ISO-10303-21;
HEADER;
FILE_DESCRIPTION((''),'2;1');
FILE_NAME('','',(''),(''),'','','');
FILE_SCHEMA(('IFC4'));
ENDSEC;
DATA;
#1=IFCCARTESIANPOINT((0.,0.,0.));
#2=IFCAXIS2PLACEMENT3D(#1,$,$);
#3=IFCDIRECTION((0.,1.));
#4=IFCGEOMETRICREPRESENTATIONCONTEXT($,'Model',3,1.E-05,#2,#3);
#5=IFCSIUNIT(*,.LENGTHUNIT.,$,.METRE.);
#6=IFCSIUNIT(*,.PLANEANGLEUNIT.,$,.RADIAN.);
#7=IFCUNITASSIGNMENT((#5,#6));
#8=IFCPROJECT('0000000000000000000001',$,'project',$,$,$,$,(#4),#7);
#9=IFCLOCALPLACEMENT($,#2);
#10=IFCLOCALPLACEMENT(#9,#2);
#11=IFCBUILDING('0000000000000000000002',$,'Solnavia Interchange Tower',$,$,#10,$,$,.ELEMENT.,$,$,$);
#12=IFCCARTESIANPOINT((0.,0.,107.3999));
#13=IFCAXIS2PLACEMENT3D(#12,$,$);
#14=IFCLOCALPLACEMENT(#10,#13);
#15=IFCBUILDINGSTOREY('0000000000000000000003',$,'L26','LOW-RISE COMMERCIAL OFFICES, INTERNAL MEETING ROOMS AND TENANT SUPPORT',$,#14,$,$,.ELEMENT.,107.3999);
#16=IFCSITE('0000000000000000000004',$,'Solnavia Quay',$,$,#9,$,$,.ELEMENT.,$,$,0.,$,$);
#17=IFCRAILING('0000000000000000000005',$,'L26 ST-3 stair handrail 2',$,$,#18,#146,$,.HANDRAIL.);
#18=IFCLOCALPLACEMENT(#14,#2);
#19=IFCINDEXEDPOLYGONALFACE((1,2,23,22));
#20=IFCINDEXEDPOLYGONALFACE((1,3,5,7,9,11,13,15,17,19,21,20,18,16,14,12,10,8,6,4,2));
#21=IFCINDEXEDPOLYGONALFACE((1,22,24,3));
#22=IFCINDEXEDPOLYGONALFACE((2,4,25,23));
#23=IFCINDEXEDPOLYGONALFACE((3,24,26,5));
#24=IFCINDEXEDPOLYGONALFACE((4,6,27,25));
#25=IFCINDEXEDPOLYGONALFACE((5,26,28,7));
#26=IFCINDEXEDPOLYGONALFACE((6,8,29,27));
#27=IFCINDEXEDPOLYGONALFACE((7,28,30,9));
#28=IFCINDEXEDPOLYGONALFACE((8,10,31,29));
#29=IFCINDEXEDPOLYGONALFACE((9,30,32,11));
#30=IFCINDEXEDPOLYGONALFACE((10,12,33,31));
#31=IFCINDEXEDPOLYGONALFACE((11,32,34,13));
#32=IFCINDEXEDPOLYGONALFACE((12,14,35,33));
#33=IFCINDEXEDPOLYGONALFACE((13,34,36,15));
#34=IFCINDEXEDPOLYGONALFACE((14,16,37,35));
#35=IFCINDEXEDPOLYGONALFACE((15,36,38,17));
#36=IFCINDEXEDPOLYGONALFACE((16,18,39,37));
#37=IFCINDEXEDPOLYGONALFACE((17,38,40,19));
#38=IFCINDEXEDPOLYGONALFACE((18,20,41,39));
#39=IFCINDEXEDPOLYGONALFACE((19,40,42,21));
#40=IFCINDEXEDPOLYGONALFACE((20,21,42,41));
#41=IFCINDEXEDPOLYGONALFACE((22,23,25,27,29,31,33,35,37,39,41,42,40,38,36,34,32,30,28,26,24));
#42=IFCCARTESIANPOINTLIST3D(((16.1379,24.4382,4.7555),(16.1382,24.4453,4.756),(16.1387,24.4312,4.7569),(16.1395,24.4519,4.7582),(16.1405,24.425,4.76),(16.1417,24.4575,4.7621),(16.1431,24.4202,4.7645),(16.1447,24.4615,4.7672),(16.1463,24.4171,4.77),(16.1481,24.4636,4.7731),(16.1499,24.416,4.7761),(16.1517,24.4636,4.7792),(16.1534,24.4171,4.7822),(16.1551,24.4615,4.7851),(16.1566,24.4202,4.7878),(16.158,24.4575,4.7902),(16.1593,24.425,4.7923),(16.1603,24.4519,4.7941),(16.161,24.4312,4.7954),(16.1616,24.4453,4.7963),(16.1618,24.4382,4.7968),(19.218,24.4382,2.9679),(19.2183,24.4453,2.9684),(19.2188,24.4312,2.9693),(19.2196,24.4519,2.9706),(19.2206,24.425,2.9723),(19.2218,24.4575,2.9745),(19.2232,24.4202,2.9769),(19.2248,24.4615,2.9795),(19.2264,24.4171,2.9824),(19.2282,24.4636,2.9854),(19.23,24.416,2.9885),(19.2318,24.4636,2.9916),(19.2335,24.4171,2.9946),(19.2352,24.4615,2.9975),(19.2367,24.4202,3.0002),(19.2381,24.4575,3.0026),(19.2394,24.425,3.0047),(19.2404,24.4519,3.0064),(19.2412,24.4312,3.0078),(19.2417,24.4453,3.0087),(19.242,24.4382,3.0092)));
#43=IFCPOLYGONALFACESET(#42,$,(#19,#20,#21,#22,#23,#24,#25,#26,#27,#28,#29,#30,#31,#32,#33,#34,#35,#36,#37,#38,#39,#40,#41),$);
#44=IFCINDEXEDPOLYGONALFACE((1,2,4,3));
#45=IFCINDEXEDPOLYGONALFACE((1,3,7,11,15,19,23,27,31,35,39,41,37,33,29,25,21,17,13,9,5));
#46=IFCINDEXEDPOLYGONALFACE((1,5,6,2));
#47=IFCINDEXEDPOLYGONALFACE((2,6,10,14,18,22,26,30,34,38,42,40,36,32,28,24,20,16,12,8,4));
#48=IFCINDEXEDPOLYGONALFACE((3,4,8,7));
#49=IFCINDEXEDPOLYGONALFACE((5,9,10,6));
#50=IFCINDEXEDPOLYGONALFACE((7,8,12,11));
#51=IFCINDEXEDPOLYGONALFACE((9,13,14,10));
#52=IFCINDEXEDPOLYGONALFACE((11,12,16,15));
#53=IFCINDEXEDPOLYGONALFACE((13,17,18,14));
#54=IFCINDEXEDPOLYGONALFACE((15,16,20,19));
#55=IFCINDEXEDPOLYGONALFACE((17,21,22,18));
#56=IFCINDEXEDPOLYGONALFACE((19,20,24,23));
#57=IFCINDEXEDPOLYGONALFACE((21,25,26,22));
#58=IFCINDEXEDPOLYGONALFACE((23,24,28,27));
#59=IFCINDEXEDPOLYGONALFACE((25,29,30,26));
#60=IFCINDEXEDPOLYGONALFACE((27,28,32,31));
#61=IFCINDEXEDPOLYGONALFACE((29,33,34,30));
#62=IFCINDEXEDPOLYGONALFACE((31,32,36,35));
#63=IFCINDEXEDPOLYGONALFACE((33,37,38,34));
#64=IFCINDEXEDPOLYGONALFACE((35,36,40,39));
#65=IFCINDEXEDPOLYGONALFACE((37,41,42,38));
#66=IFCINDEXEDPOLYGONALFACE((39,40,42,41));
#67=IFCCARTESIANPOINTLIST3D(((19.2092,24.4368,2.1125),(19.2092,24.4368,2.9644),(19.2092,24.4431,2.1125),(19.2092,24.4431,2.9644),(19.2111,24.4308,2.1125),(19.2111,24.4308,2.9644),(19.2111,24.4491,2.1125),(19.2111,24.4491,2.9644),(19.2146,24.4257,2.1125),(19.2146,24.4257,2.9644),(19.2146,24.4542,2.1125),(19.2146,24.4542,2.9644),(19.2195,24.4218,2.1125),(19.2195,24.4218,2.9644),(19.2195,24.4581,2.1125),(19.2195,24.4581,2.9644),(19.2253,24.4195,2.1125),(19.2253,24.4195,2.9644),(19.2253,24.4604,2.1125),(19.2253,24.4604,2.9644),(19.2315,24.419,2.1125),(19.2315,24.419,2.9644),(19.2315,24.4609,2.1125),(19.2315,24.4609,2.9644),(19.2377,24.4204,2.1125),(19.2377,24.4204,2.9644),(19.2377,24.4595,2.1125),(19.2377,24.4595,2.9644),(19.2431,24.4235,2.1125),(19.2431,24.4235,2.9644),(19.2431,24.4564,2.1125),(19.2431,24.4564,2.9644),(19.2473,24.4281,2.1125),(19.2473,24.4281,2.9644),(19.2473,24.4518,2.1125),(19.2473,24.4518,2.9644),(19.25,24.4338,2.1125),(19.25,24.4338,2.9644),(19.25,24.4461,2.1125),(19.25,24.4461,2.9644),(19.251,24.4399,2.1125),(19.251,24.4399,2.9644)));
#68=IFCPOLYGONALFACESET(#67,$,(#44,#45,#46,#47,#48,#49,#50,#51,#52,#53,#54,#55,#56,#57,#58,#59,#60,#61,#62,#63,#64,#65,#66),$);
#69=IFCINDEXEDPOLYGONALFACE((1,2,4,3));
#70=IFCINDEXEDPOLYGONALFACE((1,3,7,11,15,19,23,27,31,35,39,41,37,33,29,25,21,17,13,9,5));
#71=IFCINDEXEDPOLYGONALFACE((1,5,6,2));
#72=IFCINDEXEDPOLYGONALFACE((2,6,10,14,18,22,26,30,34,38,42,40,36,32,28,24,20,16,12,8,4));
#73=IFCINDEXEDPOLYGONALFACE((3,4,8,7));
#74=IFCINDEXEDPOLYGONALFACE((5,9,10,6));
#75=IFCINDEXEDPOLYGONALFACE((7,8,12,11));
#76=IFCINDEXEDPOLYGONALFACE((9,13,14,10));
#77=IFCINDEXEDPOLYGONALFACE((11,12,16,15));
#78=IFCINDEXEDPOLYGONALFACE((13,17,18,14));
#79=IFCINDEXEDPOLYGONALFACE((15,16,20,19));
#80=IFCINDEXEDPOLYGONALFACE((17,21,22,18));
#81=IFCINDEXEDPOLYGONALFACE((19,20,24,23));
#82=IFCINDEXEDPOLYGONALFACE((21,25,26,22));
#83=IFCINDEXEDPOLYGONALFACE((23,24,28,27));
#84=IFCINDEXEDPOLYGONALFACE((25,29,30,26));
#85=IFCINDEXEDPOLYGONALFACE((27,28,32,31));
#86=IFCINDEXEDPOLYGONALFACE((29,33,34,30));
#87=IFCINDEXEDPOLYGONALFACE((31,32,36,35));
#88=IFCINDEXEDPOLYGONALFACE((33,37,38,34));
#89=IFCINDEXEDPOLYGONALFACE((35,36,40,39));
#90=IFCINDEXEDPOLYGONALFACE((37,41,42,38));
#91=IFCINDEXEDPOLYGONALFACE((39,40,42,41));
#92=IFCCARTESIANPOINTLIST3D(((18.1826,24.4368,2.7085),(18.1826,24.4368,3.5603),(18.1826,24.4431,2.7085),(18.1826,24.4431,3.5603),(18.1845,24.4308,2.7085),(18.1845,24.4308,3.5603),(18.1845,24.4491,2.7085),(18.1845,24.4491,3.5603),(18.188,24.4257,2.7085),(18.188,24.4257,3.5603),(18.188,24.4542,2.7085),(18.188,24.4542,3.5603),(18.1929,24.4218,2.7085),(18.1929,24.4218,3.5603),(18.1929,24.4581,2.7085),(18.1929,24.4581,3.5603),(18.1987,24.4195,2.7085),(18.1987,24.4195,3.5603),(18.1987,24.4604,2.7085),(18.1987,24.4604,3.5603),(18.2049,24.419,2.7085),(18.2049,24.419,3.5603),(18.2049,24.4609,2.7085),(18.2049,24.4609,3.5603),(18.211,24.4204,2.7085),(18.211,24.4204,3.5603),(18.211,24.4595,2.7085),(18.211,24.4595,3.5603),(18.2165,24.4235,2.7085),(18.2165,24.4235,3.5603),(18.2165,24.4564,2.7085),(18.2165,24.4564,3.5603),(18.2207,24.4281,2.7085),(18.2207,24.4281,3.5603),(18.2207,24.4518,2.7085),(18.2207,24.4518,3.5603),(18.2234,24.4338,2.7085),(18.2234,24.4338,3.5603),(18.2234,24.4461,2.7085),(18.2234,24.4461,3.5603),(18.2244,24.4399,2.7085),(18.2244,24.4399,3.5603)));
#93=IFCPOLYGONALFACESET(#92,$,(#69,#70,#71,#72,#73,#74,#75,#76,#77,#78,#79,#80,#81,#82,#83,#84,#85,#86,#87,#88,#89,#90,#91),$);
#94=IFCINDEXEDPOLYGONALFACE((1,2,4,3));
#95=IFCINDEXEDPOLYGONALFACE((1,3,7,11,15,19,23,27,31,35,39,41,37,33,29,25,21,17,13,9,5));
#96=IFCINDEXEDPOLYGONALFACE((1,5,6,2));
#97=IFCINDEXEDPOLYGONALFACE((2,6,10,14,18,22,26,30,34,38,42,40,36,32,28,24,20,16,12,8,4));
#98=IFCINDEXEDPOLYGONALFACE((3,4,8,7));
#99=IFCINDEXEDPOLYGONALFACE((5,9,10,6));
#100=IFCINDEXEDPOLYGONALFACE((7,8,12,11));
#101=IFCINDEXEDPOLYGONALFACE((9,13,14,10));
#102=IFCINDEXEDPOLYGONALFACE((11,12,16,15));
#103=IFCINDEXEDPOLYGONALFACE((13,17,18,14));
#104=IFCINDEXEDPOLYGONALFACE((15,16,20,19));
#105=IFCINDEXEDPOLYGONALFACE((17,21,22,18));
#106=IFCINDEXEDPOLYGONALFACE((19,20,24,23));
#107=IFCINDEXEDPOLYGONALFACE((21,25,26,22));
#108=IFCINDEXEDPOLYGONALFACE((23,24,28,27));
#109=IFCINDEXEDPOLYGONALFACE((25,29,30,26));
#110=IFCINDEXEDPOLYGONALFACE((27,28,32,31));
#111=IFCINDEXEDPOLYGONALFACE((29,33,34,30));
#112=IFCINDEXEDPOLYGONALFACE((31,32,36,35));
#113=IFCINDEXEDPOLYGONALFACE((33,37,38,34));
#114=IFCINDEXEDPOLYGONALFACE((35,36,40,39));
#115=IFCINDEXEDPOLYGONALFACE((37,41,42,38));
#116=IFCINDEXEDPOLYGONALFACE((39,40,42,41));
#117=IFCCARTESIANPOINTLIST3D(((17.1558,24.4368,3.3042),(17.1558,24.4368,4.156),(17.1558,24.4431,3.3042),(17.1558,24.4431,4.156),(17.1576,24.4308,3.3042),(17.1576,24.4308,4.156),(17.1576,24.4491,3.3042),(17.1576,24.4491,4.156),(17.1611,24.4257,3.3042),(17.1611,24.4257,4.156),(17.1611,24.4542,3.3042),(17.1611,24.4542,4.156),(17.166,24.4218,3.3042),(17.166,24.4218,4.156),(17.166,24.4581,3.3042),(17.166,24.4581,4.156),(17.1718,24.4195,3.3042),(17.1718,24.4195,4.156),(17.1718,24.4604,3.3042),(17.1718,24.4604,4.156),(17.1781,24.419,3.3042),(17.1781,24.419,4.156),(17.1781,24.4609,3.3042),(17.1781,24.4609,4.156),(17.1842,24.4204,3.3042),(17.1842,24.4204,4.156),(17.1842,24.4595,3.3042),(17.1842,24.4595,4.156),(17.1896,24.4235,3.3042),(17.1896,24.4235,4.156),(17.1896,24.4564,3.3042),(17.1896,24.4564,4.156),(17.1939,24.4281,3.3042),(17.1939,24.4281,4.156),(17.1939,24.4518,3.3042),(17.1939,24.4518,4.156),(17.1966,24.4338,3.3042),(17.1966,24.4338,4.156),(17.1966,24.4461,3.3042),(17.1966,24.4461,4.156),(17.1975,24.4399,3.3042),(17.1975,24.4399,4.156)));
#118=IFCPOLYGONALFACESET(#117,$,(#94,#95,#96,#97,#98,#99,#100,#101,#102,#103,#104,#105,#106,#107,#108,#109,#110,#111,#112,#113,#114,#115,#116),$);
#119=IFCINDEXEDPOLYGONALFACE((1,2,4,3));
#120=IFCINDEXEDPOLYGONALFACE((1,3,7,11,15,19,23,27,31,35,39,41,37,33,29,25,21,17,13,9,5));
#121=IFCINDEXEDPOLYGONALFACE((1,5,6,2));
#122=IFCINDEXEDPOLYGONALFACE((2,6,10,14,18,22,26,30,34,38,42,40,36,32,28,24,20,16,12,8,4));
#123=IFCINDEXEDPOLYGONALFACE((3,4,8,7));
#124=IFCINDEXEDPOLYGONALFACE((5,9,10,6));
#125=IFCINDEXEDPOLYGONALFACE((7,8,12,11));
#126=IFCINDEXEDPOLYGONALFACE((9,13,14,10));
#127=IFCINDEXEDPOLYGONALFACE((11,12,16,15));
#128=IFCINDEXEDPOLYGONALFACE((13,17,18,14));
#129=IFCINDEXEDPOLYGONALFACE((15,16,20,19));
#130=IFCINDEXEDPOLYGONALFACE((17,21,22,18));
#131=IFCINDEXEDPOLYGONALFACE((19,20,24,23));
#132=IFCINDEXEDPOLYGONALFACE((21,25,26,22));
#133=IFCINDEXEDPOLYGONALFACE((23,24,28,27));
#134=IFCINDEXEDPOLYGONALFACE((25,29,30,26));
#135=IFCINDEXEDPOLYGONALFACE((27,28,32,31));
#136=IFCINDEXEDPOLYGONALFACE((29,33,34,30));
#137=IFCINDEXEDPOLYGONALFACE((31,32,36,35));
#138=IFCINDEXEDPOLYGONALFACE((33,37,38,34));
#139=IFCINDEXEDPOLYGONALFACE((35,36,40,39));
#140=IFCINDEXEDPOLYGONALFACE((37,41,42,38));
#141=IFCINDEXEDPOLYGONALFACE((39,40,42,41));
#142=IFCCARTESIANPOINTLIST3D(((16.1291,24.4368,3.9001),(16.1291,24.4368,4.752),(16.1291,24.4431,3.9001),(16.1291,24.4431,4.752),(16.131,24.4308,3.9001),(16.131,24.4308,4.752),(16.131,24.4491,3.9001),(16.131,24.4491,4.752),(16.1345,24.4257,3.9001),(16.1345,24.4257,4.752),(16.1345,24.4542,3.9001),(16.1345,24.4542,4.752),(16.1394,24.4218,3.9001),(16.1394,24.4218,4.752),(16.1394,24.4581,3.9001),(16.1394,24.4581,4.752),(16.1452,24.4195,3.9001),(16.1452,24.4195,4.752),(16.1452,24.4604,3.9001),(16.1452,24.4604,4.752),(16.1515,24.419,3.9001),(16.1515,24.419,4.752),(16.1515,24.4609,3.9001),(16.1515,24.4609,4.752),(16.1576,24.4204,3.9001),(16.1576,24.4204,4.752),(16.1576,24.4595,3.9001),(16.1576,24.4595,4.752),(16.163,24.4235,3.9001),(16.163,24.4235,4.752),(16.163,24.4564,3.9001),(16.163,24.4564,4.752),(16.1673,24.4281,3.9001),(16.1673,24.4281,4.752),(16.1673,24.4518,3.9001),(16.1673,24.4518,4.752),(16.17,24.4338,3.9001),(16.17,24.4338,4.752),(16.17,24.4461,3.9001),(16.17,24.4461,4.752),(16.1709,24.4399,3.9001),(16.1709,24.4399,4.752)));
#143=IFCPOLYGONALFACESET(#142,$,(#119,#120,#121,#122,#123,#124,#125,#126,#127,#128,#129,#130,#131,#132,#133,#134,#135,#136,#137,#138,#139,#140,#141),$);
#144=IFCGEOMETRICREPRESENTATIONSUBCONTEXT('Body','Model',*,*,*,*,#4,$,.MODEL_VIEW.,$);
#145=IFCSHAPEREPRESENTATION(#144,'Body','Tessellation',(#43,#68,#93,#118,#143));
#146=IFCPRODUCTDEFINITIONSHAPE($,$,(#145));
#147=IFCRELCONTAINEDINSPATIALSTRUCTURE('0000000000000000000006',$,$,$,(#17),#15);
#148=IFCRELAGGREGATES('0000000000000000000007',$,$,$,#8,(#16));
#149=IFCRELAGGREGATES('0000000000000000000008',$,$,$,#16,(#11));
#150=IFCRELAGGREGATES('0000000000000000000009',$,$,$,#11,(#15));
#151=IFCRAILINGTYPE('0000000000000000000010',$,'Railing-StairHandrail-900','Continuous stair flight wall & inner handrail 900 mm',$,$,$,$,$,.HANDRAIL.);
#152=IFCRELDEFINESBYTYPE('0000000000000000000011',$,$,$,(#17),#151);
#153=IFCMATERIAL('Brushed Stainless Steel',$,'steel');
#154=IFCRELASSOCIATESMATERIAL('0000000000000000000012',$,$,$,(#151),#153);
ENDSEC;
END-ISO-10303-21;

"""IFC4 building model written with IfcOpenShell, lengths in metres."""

from ifc_helpers import new_model, si_unit, direction, frame, origin, origin_2d, place, context, subcontext, project, spatial, circle, extrude, material, type_object, element, save


model = new_model("IFC4")

# Units and contexts
model_context = context("Model", 3, precision=1e-05, world=origin(), true_north=direction((0.0, 1.0)))
body_context = subcontext(model_context, "Body", "Model", "MODEL_VIEW")
ifc_project = project(units=[si_unit("LENGTHUNIT", "METRE"), si_unit("PLANEANGLEUNIT", "RADIAN")], contexts=[model_context])

# Site, building, storey
site_placement = place(None, origin())
site = spatial("IfcSite", under=ifc_project, at=site_placement, Name="Solnavia Quay", CompositionType="ELEMENT", RefElevation=0.0)
building_placement = place(site_placement, origin())
building = spatial("IfcBuilding", under=site, at=building_placement, Name="Solnavia Interchange Tower", CompositionType="ELEMENT")
storey_placement = place(building_placement, frame((0.0, 0.0, 107.3999)))
storey = spatial("IfcBuildingStorey", under=building, at=storey_placement, Name="L26", Description="LOW-RISE COMMERCIAL OFFICES, INTERNAL MEETING ROOMS AND TENANT SUPPORT", CompositionType="ELEMENT", Elevation=107.3999)

# Railing
ifc_material_1 = material(Name="Brushed Stainless Steel", Category="steel")
railing_type_1 = type_object("IfcRailingType", Name="Railing-StairHandrail-900", Description="Continuous stair flight wall & inner handrail 900 mm", PredefinedType="HANDRAIL", material=ifc_material_1)
railing_1_placement = place(storey_placement, frame((19.23, 24.4399, 2.1125)))
element("IfcRailing", 1, at=railing_1_placement, inside=storey, type_object=railing_type_1, Name="L26 ST-3 stair handrail 2", PredefinedType="HANDRAIL", context=body_context, shape_type="SweptSolid", body=[
    extrude(circle(Radius=0.0239, at=origin_2d()), frame((0.0, 0.0, 0.876), z_axis=(-0.864891, 0.0, 0.50196), x_axis=(0.0, -1.0, 0.0)), (0.0, 0.0, 1.0), 3.5613),
    extrude(circle(Radius=0.021, at=origin_2d()), origin(), (0.0, 0.0, 1.0), 0.8518),
    extrude(circle(Radius=0.021, at=origin_2d()), frame((-1.0266, 0.0, 0.5959)), (0.0, 0.0, 1.0), 0.8518),
    extrude(circle(Radius=0.021, at=origin_2d()), frame((-2.0535, 0.0, 1.1917)), (0.0, 0.0, 1.0), 0.8518),
    extrude(circle(Radius=0.021, at=origin_2d()), frame((-3.0801, 0.0, 1.7876)), (0.0, 0.0, 1.0), 0.8518),
])

save(model, "model.ifc")
